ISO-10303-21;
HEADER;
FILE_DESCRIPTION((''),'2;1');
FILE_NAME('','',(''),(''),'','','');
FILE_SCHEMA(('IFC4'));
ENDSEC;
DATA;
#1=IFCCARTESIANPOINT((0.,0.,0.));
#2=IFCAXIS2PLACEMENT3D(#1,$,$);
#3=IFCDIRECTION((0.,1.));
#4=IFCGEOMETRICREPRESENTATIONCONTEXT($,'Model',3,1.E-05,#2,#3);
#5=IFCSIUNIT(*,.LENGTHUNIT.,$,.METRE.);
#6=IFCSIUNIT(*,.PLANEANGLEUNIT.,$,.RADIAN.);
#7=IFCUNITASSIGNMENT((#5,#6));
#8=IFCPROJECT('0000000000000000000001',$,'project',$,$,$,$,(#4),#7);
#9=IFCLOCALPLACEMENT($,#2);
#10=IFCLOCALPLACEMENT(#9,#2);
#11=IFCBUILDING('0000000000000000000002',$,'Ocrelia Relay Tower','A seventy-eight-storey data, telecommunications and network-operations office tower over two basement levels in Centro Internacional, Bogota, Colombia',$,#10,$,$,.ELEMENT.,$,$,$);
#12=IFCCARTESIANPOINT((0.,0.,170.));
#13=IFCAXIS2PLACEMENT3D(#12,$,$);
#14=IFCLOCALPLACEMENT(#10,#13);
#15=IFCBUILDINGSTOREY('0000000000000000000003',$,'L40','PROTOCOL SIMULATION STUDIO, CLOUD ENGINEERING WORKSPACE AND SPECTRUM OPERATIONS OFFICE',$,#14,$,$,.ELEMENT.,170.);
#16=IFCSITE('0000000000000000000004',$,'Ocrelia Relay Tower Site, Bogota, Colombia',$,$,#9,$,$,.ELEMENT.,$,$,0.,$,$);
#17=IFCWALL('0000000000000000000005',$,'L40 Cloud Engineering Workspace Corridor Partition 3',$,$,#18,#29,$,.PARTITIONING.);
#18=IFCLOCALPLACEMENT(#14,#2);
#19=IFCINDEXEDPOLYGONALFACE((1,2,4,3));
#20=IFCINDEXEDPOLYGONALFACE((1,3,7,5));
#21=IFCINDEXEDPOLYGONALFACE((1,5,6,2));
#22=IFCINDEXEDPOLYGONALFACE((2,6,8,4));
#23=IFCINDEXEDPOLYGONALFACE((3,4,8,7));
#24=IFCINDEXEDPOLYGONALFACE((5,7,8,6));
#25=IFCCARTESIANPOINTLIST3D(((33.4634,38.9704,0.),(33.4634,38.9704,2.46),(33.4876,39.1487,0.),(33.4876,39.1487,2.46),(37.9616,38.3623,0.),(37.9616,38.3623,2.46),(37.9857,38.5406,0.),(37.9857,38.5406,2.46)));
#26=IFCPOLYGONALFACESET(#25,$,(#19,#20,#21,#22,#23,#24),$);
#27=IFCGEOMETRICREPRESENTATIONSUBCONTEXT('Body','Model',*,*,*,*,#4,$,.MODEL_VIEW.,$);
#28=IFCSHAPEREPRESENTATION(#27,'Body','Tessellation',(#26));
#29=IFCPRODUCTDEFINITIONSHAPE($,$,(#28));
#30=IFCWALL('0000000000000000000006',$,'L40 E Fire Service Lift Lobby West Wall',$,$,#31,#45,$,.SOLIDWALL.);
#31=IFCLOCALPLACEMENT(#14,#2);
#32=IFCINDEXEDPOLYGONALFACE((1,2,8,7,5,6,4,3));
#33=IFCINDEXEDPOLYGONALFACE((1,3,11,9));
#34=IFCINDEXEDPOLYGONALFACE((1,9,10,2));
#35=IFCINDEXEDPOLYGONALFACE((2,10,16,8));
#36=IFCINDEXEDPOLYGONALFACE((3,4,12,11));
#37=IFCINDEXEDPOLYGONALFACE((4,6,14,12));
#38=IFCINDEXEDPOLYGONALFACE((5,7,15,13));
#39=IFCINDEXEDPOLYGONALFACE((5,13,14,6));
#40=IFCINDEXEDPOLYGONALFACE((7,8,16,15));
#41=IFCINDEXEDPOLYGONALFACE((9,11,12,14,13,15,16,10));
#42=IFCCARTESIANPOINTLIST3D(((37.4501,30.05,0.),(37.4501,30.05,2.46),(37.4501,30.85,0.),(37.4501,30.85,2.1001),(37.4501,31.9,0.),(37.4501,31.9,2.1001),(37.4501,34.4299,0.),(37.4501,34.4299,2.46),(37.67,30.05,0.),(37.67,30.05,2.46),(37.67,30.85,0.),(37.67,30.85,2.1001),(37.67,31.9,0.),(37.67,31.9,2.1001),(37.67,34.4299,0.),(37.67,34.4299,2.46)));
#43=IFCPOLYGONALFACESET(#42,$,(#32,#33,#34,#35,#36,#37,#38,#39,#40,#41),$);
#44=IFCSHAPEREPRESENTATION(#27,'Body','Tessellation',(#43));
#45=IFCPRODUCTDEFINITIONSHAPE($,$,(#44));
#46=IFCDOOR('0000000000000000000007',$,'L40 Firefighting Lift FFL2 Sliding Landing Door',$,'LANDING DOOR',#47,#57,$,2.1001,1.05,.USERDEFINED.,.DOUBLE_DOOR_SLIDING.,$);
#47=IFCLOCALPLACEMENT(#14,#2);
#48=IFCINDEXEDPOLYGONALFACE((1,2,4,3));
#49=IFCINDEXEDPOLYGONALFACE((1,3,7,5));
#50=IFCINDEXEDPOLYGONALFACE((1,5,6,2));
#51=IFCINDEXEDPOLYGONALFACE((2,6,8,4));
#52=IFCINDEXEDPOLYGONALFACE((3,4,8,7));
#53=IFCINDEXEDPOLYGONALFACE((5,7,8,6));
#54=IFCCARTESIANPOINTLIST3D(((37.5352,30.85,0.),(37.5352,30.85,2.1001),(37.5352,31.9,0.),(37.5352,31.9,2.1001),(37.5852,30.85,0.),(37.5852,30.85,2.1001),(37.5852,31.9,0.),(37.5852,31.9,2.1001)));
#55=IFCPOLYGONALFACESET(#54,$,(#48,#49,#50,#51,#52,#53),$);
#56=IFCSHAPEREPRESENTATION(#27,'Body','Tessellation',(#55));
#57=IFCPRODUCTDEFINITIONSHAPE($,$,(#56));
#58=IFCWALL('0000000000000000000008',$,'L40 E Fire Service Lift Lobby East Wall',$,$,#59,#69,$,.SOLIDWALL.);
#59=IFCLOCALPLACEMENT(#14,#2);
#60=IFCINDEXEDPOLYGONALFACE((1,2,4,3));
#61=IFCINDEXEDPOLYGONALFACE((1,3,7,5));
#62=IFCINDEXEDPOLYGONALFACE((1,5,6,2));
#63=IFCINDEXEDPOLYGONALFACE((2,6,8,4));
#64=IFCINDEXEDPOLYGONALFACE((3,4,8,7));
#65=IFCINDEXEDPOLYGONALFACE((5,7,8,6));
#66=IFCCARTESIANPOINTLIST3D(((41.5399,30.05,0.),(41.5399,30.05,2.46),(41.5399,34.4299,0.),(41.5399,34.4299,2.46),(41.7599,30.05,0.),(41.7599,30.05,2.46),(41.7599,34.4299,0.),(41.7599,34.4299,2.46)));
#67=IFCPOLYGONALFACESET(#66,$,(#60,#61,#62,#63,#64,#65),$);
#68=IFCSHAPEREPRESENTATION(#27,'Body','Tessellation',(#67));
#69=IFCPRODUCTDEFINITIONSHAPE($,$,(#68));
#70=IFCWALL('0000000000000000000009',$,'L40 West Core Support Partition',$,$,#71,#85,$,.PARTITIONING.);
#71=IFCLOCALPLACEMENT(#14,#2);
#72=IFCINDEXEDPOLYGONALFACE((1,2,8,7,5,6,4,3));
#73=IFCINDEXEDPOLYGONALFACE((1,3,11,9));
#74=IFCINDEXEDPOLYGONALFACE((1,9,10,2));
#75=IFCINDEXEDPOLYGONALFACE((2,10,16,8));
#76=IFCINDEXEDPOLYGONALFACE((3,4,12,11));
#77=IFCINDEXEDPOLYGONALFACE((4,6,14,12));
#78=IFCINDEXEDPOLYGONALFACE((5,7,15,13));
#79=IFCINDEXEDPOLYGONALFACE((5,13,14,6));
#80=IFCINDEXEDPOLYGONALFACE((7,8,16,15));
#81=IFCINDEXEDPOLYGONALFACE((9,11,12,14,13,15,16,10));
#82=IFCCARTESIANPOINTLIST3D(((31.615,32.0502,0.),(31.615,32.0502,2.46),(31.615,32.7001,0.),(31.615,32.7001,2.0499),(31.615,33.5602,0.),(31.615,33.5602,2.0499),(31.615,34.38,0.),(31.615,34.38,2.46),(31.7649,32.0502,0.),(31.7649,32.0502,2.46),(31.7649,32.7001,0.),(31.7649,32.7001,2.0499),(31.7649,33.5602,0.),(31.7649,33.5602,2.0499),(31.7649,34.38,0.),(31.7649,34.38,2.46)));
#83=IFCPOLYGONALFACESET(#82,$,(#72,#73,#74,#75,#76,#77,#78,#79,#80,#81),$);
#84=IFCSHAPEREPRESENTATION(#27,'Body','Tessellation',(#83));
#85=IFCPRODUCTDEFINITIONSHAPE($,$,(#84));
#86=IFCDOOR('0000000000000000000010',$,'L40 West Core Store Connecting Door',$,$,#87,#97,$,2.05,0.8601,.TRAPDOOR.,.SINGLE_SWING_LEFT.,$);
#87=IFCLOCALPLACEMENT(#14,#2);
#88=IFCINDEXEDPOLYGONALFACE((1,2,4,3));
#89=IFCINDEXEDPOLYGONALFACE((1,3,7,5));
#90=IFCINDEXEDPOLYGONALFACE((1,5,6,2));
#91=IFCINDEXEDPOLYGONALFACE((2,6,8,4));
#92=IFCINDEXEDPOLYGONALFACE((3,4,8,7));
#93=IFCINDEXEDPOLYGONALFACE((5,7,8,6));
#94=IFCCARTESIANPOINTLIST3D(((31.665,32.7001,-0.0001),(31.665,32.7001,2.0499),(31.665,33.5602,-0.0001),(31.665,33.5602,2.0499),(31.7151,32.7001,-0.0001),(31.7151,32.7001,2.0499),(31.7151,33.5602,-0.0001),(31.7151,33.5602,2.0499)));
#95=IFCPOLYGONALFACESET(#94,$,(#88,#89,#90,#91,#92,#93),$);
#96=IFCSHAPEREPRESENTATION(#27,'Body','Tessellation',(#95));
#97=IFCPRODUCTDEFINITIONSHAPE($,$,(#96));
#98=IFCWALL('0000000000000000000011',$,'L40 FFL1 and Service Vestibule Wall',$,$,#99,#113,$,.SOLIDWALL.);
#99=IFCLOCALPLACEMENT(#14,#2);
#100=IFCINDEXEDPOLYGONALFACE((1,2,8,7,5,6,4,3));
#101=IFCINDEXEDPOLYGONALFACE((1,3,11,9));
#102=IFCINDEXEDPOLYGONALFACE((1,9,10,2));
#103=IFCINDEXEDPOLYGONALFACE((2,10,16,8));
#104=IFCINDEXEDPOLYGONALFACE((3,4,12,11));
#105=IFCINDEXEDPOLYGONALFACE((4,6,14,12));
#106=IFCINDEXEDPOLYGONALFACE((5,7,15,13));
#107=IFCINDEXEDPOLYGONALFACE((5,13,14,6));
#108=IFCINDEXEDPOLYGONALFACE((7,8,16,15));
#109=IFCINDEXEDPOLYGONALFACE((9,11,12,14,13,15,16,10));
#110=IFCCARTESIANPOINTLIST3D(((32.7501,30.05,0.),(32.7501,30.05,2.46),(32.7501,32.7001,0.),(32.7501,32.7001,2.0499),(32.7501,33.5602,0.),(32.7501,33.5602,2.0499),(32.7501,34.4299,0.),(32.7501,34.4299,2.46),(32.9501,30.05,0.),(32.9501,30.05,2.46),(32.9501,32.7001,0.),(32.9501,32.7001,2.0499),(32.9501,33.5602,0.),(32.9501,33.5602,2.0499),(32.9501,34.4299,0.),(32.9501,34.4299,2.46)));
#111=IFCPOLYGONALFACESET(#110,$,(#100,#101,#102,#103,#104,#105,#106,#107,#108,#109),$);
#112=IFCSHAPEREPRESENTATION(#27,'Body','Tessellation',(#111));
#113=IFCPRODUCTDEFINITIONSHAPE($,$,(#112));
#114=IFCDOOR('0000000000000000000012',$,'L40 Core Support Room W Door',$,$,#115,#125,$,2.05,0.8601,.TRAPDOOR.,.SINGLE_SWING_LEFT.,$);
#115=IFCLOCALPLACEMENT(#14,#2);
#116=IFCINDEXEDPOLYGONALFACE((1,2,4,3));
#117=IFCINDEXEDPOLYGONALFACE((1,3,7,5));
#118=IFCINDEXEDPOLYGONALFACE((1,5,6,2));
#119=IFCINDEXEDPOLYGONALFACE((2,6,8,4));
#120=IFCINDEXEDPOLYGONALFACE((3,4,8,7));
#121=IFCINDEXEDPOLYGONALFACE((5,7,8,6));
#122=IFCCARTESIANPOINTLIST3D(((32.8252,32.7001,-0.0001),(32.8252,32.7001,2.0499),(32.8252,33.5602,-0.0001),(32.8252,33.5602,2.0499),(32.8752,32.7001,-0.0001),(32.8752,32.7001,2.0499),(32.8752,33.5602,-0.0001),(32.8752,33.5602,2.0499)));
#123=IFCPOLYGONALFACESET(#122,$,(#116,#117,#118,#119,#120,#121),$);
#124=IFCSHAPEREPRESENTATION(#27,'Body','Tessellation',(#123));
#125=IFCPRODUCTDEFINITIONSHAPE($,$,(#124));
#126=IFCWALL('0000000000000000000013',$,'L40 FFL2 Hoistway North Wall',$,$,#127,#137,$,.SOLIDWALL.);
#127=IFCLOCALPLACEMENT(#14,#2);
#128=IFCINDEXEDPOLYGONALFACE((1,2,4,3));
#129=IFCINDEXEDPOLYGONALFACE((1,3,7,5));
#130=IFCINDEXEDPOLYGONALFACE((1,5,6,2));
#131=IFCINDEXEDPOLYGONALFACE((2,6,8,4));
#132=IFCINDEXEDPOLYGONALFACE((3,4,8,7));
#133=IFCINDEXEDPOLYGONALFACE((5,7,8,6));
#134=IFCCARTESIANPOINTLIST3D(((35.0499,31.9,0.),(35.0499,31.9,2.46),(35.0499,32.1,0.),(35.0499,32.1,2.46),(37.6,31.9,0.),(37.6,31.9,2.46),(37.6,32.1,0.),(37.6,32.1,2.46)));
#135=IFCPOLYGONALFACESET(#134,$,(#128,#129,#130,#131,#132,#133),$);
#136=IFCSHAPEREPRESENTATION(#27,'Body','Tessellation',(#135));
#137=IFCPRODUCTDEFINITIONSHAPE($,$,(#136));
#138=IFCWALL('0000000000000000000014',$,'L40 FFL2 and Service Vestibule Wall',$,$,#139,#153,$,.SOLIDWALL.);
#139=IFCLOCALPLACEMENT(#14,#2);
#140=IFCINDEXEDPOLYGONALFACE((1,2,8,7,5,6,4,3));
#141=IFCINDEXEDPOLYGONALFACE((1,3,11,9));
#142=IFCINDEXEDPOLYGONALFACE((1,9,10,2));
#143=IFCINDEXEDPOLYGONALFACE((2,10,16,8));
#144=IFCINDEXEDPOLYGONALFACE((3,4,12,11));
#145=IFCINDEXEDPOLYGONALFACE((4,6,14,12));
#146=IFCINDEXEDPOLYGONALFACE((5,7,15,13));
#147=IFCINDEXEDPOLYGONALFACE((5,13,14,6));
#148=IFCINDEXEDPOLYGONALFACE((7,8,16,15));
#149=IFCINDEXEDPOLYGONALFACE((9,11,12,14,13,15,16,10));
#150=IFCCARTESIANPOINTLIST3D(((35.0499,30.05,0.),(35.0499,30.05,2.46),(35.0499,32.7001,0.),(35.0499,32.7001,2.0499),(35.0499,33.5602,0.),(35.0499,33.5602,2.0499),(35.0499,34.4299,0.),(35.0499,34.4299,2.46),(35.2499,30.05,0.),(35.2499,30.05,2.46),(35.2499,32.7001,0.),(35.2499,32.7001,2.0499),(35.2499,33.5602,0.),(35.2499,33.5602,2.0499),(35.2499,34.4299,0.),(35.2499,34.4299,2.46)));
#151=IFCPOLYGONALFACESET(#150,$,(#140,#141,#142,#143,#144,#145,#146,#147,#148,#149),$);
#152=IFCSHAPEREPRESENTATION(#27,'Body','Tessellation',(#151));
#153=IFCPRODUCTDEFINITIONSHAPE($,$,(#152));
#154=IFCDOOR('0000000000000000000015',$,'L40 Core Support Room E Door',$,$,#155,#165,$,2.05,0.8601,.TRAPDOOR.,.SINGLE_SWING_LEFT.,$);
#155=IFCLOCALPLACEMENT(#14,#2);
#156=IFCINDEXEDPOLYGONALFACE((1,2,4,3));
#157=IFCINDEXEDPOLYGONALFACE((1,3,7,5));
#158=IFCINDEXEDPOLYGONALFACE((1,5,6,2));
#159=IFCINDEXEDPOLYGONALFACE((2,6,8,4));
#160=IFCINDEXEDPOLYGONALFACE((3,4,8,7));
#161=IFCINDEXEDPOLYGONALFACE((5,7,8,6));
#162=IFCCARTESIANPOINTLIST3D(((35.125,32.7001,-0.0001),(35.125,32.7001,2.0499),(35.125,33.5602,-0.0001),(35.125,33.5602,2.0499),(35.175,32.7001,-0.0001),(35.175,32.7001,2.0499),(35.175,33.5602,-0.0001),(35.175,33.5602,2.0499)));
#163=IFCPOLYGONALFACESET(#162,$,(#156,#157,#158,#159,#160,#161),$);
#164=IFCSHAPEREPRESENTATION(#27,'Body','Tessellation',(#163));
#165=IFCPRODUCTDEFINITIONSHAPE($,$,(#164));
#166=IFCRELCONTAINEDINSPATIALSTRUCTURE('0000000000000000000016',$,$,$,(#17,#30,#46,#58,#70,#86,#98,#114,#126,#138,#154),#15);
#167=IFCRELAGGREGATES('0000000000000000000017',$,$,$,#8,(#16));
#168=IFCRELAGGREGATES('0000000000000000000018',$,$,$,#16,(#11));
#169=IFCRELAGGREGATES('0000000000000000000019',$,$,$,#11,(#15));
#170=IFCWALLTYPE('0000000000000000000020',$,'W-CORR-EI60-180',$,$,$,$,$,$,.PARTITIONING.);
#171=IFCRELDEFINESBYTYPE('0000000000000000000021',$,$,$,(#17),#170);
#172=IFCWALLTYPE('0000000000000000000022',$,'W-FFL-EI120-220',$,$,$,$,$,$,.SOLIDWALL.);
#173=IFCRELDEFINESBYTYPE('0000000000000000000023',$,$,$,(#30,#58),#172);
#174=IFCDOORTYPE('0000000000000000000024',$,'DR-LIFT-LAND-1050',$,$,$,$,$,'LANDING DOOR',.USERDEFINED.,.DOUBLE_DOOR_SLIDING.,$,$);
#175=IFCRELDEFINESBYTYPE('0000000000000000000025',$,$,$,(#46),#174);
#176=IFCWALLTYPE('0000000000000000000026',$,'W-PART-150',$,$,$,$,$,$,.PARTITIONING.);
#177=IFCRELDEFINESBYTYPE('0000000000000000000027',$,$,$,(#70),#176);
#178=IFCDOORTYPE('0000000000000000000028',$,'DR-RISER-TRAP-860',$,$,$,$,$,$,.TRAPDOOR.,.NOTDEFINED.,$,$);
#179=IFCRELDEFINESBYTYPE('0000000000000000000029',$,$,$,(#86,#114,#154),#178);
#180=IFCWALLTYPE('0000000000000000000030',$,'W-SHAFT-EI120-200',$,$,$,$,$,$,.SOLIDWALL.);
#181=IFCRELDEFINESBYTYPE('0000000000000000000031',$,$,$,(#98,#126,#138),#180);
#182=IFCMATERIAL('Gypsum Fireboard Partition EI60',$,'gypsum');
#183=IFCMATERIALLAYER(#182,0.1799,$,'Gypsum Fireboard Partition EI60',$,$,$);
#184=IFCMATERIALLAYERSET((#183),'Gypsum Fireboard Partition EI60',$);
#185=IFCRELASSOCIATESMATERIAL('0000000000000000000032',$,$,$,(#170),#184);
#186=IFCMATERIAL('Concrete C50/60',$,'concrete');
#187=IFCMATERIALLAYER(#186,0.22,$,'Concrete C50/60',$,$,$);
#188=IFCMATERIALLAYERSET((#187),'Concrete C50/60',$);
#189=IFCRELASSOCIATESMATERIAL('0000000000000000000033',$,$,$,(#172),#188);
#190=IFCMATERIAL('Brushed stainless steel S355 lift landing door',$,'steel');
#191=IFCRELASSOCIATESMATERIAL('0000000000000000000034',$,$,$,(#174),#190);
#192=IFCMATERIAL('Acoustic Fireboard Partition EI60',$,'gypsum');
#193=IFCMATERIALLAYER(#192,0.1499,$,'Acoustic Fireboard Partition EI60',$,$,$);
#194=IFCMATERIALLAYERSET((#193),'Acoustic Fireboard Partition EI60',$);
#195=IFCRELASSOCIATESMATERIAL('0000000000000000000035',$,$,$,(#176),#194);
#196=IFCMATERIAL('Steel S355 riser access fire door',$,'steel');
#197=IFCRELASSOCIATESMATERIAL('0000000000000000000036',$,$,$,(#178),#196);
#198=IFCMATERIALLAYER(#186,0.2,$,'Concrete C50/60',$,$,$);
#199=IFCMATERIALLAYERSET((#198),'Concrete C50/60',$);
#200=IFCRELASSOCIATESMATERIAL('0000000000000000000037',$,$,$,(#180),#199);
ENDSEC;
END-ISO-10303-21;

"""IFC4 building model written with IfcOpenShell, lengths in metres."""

from ifc_helpers import new_model, si_unit, direction, frame, frame_2d, origin, place, context, subcontext, project, spatial, rectangle, extrude, material, layer, layer_set, type_object, element, fill, save


model = new_model("IFC4")

# Units and contexts
model_context = context("Model", 3, precision=1e-05, world=origin(), true_north=direction((0.0, 1.0)))
body_context = subcontext(model_context, "Body", "Model", "MODEL_VIEW")
ifc_project = project(units=[si_unit("LENGTHUNIT", "METRE"), si_unit("PLANEANGLEUNIT", "RADIAN")], contexts=[model_context])

# Site, building, storey
site_placement = place(None, origin())
site = spatial("IfcSite", under=ifc_project, at=site_placement, Name="Ocrelia Relay Tower Site, Bogota, Colombia", CompositionType="ELEMENT", RefElevation=0.0)
building_placement = place(site_placement, origin())
building = spatial("IfcBuilding", under=site, at=building_placement, Name="Ocrelia Relay Tower", Description="A seventy-eight-storey data, telecommunications and network-operations office tower over two basement levels in Centro Internacional, Bogota, Colombia", CompositionType="ELEMENT")
storey_placement = place(building_placement, frame((0.0, 0.0, 170.0)))
storey = spatial("IfcBuildingStorey", under=building, at=storey_placement, Name="L40", Description="PROTOCOL SIMULATION STUDIO, CLOUD ENGINEERING WORKSPACE AND SPECTRUM OPERATIONS OFFICE", CompositionType="ELEMENT", Elevation=170.0)

# Shared definitions
ifc_material_1 = material(Name="Gypsum Fireboard Partition EI60", Category="gypsum")
ifc_layer_1 = layer(ifc_material_1, 0.1799, Name="Gypsum Fireboard Partition EI60")
ifc_layer_set_1 = layer_set([ifc_layer_1], Name="Gypsum Fireboard Partition EI60")
wall_type_1 = type_object("IfcWallType", Name="W-CORR-EI60-180", PredefinedType="PARTITIONING", material=ifc_layer_set_1)

# Wall
wall_1_placement = place(storey_placement, frame((37.9736, 38.4514, 0.0), z_axis=(0.0, 0.0, 1.0), x_axis=(-0.990983, 0.133985, 0.0)))
element("IfcWall", 1, at=wall_1_placement, inside=storey, type_object=wall_type_1, Name="L40 Cloud Engineering Workspace Corridor Partition 3", PredefinedType="PARTITIONING", context=body_context, shape_type="SweptSolid", body=[
    extrude(rectangle(XDim=4.5391, YDim=0.1799, at=frame_2d((2.2695, 0.0))), origin(), (0.0, 0.0, 1.0), 2.46),
])

# Wall, opening, door
ifc_material_2 = material(Name="Concrete C50/60", Category="concrete")
ifc_layer_2 = layer(ifc_material_2, 0.22, Name="Concrete C50/60")
ifc_layer_set_2 = layer_set([ifc_layer_2], Name="Concrete C50/60")
wall_type_2 = type_object("IfcWallType", Name="W-FFL-EI120-220", PredefinedType="SOLIDWALL", material=ifc_layer_set_2)
wall_2_placement = place(storey_placement, frame((37.5601, 30.05, 0.0), z_axis=(0.0, 0.0, 1.0), x_axis=(0.0, 1.0, 0.0)))
wall_2 = element("IfcWall", 2, at=wall_2_placement, inside=storey, type_object=wall_type_2, Name="L40 E Fire Service Lift Lobby West Wall", PredefinedType="SOLIDWALL", context=body_context, shape_type="SweptSolid", body=[
    extrude(rectangle(XDim=4.3799, YDim=0.22, at=frame_2d((2.1899, 0.0))), origin(), (0.0, 0.0, 1.0), 2.46),
])
opening_1_placement = place(wall_2_placement, frame((0.8, 0.0, 0.0)))
opening_1 = element("IfcOpeningElement", 3, at=opening_1_placement, cuts=wall_2, PredefinedType="OPENING", context=body_context, shape_type="SweptSolid", body=[
    extrude(rectangle(XDim=1.05, YDim=2.1001, at=frame_2d((0.5249, 1.05))), frame((0.0, 0.1201, 0.0), z_axis=(0.0, -1.0, 0.0), x_axis=(1.0, 0.0, 0.0)), (0.0, 0.0, 1.0), 0.24),
])
ifc_material_3 = material(Name="Brushed stainless steel S355 lift landing door", Category="steel")
door_type_1 = type_object("IfcDoorType", Name="DR-LIFT-LAND-1050", ElementType="LANDING DOOR", OperationType="DOUBLE_DOOR_SLIDING", PredefinedType="USERDEFINED", material=ifc_material_3)
door_1_placement = place(opening_1_placement, origin())
door_1 = element("IfcDoor", 4, at=door_1_placement, inside=storey, type_object=door_type_1, Name="L40 Firefighting Lift FFL2 Sliding Landing Door", ObjectType="LANDING DOOR", OperationType="DOUBLE_DOOR_SLIDING", OverallHeight=2.1001, OverallWidth=1.05, PredefinedType="USERDEFINED", context=body_context, shape_type="SweptSolid", body=[
    extrude(rectangle(XDim=1.05, YDim=2.1001, at=frame_2d((0.5249, 1.05))), frame((0.0, 0.0249, 0.0), z_axis=(0.0, -1.0, 0.0), x_axis=(1.0, 0.0, 0.0)), (0.0, 0.0, 1.0), 0.05),
])
fill(opening_1, door_1)

# Wall
wall_3_placement = place(storey_placement, frame((41.6499, 30.05, 0.0), z_axis=(0.0, 0.0, 1.0), x_axis=(0.0, 1.0, 0.0)))
element("IfcWall", 5, at=wall_3_placement, inside=storey, type_object=wall_type_2, Name="L40 E Fire Service Lift Lobby East Wall", PredefinedType="SOLIDWALL", context=body_context, shape_type="SweptSolid", body=[
    extrude(rectangle(XDim=4.3799, YDim=0.22, at=frame_2d((2.1899, 0.0))), origin(), (0.0, 0.0, 1.0), 2.46),
])

# Walls, openings, doors
ifc_material_4 = material(Name="Acoustic Fireboard Partition EI60", Category="gypsum")
ifc_layer_3 = layer(ifc_material_4, 0.1499, Name="Acoustic Fireboard Partition EI60")
ifc_layer_set_3 = layer_set([ifc_layer_3], Name="Acoustic Fireboard Partition EI60")
wall_type_3 = type_object("IfcWallType", Name="W-PART-150", PredefinedType="PARTITIONING", material=ifc_layer_set_3)
wall_4_placement = place(storey_placement, frame((31.6899, 32.05, 0.0), z_axis=(0.0, 0.0, 1.0), x_axis=(0.0, 1.0, 0.0)))
wall_4 = element("IfcWall", 6, at=wall_4_placement, inside=storey, type_object=wall_type_3, Name="L40 West Core Support Partition", PredefinedType="PARTITIONING", context=body_context, shape_type="SweptSolid", body=[
    extrude(rectangle(XDim=2.3298, YDim=0.1499, at=frame_2d((1.165, 0.0))), origin(), (0.0, 0.0, 1.0), 2.46),
])
opening_2_placement = place(wall_4_placement, frame((0.6499, 0.0, 0.0)))
opening_2 = element("IfcOpeningElement", 7, at=opening_2_placement, cuts=wall_4, PredefinedType="OPENING", context=body_context, shape_type="SweptSolid", body=[
    extrude(rectangle(XDim=0.8601, YDim=2.05, at=frame_2d((0.4302, 1.0249))), frame((0.0, 0.085, 0.0), z_axis=(0.0, -1.0, 0.0), x_axis=(1.0, 0.0, 0.0)), (0.0, 0.0, 1.0), 0.1699),
])
ifc_material_5 = material(Name="Steel S355 riser access fire door", Category="steel")
door_type_2 = type_object("IfcDoorType", Name="DR-RISER-TRAP-860", OperationType="NOTDEFINED", PredefinedType="TRAPDOOR", material=ifc_material_5)
door_2_placement = place(opening_2_placement, origin())
door_2 = element("IfcDoor", 8, at=door_2_placement, inside=storey, type_object=door_type_2, Name="L40 West Core Store Connecting Door", OperationType="SINGLE_SWING_LEFT", OverallHeight=2.05, OverallWidth=0.8601, PredefinedType="TRAPDOOR", context=body_context, shape_type="SweptSolid", body=[
    extrude(rectangle(XDim=0.8601, YDim=2.05, at=frame_2d((0.4302, 1.0249))), frame((0.0, 0.0249, 0.0), z_axis=(0.0, -1.0, 0.0), x_axis=(1.0, 0.0, 0.0)), (0.0, 0.0, 1.0), 0.05),
])
fill(opening_2, door_2)
ifc_layer_4 = layer(ifc_material_2, 0.2, Name="Concrete C50/60")
ifc_layer_set_4 = layer_set([ifc_layer_4], Name="Concrete C50/60")
wall_type_4 = type_object("IfcWallType", Name="W-SHAFT-EI120-200", PredefinedType="SOLIDWALL", material=ifc_layer_set_4)
wall_5_placement = place(storey_placement, frame((32.8501, 30.05, 0.0), z_axis=(0.0, 0.0, 1.0), x_axis=(0.0, 1.0, 0.0)))
wall_5 = element("IfcWall", 9, at=wall_5_placement, inside=storey, type_object=wall_type_4, Name="L40 FFL1 and Service Vestibule Wall", PredefinedType="SOLIDWALL", context=body_context, shape_type="SweptSolid", body=[
    extrude(rectangle(XDim=4.3799, YDim=0.2, at=frame_2d((2.1899, 0.0))), origin(), (0.0, 0.0, 1.0), 2.46),
])
opening_3_placement = place(wall_5_placement, frame((2.6499, 0.0, 0.0)))
opening_3 = element("IfcOpeningElement", 10, at=opening_3_placement, cuts=wall_5, PredefinedType="OPENING", context=body_context, shape_type="SweptSolid", body=[
    extrude(rectangle(XDim=0.8601, YDim=2.05, at=frame_2d((0.4302, 1.0249))), frame((0.0, 0.1099, 0.0), z_axis=(0.0, -1.0, 0.0), x_axis=(1.0, 0.0, 0.0)), (0.0, 0.0, 1.0), 0.22),
])
door_3_placement = place(opening_3_placement, origin())
door_3 = element("IfcDoor", 11, at=door_3_placement, inside=storey, type_object=door_type_2, Name="L40 Core Support Room W Door", OperationType="SINGLE_SWING_LEFT", OverallHeight=2.05, OverallWidth=0.8601, PredefinedType="TRAPDOOR", context=body_context, shape_type="SweptSolid", body=[
    extrude(rectangle(XDim=0.8601, YDim=2.05, at=frame_2d((0.4302, 1.0249))), frame((0.0, 0.0249, 0.0), z_axis=(0.0, -1.0, 0.0), x_axis=(1.0, 0.0, 0.0)), (0.0, 0.0, 1.0), 0.05),
])
fill(opening_3, door_3)

# Wall
wall_6_placement = place(storey_placement, frame((35.05, 32.0, 0.0), z_axis=(0.0, 0.0, 1.0), x_axis=(1.0, 0.0, 0.0)))
element("IfcWall", 12, at=wall_6_placement, inside=storey, type_object=wall_type_4, Name="L40 FFL2 Hoistway North Wall", PredefinedType="SOLIDWALL", context=body_context, shape_type="SweptSolid", body=[
    extrude(rectangle(XDim=2.55, YDim=0.2, at=frame_2d((1.2749, 0.0))), origin(), (0.0, 0.0, 1.0), 2.46),
])

# Wall, opening, door
wall_7_placement = place(storey_placement, frame((35.1499, 30.05, 0.0), z_axis=(0.0, 0.0, 1.0), x_axis=(0.0, 1.0, 0.0)))
wall_7 = element("IfcWall", 13, at=wall_7_placement, inside=storey, type_object=wall_type_4, Name="L40 FFL2 and Service Vestibule Wall", PredefinedType="SOLIDWALL", context=body_context, shape_type="SweptSolid", body=[
    extrude(rectangle(XDim=4.3799, YDim=0.2, at=frame_2d((2.1899, 0.0))), origin(), (0.0, 0.0, 1.0), 2.46),
])
opening_4_placement = place(wall_7_placement, frame((2.6499, 0.0, 0.0)))
opening_4 = element("IfcOpeningElement", 14, at=opening_4_placement, cuts=wall_7, PredefinedType="OPENING", context=body_context, shape_type="SweptSolid", body=[
    extrude(rectangle(XDim=0.8601, YDim=2.05, at=frame_2d((0.4302, 1.0249))), frame((0.0, 0.1099, 0.0), z_axis=(0.0, -1.0, 0.0), x_axis=(1.0, 0.0, 0.0)), (0.0, 0.0, 1.0), 0.22),
])
door_4_placement = place(opening_4_placement, origin())
door_4 = element("IfcDoor", 15, at=door_4_placement, inside=storey, type_object=door_type_2, Name="L40 Core Support Room E Door", OperationType="SINGLE_SWING_LEFT", OverallHeight=2.05, OverallWidth=0.8601, PredefinedType="TRAPDOOR", context=body_context, shape_type="SweptSolid", body=[
    extrude(rectangle(XDim=0.8601, YDim=2.05, at=frame_2d((0.4302, 1.0249))), frame((0.0, 0.0249, 0.0), z_axis=(0.0, -1.0, 0.0), x_axis=(1.0, 0.0, 0.0)), (0.0, 0.0, 1.0), 0.05),
])
fill(opening_4, door_4)

save(model, "model.ifc")
